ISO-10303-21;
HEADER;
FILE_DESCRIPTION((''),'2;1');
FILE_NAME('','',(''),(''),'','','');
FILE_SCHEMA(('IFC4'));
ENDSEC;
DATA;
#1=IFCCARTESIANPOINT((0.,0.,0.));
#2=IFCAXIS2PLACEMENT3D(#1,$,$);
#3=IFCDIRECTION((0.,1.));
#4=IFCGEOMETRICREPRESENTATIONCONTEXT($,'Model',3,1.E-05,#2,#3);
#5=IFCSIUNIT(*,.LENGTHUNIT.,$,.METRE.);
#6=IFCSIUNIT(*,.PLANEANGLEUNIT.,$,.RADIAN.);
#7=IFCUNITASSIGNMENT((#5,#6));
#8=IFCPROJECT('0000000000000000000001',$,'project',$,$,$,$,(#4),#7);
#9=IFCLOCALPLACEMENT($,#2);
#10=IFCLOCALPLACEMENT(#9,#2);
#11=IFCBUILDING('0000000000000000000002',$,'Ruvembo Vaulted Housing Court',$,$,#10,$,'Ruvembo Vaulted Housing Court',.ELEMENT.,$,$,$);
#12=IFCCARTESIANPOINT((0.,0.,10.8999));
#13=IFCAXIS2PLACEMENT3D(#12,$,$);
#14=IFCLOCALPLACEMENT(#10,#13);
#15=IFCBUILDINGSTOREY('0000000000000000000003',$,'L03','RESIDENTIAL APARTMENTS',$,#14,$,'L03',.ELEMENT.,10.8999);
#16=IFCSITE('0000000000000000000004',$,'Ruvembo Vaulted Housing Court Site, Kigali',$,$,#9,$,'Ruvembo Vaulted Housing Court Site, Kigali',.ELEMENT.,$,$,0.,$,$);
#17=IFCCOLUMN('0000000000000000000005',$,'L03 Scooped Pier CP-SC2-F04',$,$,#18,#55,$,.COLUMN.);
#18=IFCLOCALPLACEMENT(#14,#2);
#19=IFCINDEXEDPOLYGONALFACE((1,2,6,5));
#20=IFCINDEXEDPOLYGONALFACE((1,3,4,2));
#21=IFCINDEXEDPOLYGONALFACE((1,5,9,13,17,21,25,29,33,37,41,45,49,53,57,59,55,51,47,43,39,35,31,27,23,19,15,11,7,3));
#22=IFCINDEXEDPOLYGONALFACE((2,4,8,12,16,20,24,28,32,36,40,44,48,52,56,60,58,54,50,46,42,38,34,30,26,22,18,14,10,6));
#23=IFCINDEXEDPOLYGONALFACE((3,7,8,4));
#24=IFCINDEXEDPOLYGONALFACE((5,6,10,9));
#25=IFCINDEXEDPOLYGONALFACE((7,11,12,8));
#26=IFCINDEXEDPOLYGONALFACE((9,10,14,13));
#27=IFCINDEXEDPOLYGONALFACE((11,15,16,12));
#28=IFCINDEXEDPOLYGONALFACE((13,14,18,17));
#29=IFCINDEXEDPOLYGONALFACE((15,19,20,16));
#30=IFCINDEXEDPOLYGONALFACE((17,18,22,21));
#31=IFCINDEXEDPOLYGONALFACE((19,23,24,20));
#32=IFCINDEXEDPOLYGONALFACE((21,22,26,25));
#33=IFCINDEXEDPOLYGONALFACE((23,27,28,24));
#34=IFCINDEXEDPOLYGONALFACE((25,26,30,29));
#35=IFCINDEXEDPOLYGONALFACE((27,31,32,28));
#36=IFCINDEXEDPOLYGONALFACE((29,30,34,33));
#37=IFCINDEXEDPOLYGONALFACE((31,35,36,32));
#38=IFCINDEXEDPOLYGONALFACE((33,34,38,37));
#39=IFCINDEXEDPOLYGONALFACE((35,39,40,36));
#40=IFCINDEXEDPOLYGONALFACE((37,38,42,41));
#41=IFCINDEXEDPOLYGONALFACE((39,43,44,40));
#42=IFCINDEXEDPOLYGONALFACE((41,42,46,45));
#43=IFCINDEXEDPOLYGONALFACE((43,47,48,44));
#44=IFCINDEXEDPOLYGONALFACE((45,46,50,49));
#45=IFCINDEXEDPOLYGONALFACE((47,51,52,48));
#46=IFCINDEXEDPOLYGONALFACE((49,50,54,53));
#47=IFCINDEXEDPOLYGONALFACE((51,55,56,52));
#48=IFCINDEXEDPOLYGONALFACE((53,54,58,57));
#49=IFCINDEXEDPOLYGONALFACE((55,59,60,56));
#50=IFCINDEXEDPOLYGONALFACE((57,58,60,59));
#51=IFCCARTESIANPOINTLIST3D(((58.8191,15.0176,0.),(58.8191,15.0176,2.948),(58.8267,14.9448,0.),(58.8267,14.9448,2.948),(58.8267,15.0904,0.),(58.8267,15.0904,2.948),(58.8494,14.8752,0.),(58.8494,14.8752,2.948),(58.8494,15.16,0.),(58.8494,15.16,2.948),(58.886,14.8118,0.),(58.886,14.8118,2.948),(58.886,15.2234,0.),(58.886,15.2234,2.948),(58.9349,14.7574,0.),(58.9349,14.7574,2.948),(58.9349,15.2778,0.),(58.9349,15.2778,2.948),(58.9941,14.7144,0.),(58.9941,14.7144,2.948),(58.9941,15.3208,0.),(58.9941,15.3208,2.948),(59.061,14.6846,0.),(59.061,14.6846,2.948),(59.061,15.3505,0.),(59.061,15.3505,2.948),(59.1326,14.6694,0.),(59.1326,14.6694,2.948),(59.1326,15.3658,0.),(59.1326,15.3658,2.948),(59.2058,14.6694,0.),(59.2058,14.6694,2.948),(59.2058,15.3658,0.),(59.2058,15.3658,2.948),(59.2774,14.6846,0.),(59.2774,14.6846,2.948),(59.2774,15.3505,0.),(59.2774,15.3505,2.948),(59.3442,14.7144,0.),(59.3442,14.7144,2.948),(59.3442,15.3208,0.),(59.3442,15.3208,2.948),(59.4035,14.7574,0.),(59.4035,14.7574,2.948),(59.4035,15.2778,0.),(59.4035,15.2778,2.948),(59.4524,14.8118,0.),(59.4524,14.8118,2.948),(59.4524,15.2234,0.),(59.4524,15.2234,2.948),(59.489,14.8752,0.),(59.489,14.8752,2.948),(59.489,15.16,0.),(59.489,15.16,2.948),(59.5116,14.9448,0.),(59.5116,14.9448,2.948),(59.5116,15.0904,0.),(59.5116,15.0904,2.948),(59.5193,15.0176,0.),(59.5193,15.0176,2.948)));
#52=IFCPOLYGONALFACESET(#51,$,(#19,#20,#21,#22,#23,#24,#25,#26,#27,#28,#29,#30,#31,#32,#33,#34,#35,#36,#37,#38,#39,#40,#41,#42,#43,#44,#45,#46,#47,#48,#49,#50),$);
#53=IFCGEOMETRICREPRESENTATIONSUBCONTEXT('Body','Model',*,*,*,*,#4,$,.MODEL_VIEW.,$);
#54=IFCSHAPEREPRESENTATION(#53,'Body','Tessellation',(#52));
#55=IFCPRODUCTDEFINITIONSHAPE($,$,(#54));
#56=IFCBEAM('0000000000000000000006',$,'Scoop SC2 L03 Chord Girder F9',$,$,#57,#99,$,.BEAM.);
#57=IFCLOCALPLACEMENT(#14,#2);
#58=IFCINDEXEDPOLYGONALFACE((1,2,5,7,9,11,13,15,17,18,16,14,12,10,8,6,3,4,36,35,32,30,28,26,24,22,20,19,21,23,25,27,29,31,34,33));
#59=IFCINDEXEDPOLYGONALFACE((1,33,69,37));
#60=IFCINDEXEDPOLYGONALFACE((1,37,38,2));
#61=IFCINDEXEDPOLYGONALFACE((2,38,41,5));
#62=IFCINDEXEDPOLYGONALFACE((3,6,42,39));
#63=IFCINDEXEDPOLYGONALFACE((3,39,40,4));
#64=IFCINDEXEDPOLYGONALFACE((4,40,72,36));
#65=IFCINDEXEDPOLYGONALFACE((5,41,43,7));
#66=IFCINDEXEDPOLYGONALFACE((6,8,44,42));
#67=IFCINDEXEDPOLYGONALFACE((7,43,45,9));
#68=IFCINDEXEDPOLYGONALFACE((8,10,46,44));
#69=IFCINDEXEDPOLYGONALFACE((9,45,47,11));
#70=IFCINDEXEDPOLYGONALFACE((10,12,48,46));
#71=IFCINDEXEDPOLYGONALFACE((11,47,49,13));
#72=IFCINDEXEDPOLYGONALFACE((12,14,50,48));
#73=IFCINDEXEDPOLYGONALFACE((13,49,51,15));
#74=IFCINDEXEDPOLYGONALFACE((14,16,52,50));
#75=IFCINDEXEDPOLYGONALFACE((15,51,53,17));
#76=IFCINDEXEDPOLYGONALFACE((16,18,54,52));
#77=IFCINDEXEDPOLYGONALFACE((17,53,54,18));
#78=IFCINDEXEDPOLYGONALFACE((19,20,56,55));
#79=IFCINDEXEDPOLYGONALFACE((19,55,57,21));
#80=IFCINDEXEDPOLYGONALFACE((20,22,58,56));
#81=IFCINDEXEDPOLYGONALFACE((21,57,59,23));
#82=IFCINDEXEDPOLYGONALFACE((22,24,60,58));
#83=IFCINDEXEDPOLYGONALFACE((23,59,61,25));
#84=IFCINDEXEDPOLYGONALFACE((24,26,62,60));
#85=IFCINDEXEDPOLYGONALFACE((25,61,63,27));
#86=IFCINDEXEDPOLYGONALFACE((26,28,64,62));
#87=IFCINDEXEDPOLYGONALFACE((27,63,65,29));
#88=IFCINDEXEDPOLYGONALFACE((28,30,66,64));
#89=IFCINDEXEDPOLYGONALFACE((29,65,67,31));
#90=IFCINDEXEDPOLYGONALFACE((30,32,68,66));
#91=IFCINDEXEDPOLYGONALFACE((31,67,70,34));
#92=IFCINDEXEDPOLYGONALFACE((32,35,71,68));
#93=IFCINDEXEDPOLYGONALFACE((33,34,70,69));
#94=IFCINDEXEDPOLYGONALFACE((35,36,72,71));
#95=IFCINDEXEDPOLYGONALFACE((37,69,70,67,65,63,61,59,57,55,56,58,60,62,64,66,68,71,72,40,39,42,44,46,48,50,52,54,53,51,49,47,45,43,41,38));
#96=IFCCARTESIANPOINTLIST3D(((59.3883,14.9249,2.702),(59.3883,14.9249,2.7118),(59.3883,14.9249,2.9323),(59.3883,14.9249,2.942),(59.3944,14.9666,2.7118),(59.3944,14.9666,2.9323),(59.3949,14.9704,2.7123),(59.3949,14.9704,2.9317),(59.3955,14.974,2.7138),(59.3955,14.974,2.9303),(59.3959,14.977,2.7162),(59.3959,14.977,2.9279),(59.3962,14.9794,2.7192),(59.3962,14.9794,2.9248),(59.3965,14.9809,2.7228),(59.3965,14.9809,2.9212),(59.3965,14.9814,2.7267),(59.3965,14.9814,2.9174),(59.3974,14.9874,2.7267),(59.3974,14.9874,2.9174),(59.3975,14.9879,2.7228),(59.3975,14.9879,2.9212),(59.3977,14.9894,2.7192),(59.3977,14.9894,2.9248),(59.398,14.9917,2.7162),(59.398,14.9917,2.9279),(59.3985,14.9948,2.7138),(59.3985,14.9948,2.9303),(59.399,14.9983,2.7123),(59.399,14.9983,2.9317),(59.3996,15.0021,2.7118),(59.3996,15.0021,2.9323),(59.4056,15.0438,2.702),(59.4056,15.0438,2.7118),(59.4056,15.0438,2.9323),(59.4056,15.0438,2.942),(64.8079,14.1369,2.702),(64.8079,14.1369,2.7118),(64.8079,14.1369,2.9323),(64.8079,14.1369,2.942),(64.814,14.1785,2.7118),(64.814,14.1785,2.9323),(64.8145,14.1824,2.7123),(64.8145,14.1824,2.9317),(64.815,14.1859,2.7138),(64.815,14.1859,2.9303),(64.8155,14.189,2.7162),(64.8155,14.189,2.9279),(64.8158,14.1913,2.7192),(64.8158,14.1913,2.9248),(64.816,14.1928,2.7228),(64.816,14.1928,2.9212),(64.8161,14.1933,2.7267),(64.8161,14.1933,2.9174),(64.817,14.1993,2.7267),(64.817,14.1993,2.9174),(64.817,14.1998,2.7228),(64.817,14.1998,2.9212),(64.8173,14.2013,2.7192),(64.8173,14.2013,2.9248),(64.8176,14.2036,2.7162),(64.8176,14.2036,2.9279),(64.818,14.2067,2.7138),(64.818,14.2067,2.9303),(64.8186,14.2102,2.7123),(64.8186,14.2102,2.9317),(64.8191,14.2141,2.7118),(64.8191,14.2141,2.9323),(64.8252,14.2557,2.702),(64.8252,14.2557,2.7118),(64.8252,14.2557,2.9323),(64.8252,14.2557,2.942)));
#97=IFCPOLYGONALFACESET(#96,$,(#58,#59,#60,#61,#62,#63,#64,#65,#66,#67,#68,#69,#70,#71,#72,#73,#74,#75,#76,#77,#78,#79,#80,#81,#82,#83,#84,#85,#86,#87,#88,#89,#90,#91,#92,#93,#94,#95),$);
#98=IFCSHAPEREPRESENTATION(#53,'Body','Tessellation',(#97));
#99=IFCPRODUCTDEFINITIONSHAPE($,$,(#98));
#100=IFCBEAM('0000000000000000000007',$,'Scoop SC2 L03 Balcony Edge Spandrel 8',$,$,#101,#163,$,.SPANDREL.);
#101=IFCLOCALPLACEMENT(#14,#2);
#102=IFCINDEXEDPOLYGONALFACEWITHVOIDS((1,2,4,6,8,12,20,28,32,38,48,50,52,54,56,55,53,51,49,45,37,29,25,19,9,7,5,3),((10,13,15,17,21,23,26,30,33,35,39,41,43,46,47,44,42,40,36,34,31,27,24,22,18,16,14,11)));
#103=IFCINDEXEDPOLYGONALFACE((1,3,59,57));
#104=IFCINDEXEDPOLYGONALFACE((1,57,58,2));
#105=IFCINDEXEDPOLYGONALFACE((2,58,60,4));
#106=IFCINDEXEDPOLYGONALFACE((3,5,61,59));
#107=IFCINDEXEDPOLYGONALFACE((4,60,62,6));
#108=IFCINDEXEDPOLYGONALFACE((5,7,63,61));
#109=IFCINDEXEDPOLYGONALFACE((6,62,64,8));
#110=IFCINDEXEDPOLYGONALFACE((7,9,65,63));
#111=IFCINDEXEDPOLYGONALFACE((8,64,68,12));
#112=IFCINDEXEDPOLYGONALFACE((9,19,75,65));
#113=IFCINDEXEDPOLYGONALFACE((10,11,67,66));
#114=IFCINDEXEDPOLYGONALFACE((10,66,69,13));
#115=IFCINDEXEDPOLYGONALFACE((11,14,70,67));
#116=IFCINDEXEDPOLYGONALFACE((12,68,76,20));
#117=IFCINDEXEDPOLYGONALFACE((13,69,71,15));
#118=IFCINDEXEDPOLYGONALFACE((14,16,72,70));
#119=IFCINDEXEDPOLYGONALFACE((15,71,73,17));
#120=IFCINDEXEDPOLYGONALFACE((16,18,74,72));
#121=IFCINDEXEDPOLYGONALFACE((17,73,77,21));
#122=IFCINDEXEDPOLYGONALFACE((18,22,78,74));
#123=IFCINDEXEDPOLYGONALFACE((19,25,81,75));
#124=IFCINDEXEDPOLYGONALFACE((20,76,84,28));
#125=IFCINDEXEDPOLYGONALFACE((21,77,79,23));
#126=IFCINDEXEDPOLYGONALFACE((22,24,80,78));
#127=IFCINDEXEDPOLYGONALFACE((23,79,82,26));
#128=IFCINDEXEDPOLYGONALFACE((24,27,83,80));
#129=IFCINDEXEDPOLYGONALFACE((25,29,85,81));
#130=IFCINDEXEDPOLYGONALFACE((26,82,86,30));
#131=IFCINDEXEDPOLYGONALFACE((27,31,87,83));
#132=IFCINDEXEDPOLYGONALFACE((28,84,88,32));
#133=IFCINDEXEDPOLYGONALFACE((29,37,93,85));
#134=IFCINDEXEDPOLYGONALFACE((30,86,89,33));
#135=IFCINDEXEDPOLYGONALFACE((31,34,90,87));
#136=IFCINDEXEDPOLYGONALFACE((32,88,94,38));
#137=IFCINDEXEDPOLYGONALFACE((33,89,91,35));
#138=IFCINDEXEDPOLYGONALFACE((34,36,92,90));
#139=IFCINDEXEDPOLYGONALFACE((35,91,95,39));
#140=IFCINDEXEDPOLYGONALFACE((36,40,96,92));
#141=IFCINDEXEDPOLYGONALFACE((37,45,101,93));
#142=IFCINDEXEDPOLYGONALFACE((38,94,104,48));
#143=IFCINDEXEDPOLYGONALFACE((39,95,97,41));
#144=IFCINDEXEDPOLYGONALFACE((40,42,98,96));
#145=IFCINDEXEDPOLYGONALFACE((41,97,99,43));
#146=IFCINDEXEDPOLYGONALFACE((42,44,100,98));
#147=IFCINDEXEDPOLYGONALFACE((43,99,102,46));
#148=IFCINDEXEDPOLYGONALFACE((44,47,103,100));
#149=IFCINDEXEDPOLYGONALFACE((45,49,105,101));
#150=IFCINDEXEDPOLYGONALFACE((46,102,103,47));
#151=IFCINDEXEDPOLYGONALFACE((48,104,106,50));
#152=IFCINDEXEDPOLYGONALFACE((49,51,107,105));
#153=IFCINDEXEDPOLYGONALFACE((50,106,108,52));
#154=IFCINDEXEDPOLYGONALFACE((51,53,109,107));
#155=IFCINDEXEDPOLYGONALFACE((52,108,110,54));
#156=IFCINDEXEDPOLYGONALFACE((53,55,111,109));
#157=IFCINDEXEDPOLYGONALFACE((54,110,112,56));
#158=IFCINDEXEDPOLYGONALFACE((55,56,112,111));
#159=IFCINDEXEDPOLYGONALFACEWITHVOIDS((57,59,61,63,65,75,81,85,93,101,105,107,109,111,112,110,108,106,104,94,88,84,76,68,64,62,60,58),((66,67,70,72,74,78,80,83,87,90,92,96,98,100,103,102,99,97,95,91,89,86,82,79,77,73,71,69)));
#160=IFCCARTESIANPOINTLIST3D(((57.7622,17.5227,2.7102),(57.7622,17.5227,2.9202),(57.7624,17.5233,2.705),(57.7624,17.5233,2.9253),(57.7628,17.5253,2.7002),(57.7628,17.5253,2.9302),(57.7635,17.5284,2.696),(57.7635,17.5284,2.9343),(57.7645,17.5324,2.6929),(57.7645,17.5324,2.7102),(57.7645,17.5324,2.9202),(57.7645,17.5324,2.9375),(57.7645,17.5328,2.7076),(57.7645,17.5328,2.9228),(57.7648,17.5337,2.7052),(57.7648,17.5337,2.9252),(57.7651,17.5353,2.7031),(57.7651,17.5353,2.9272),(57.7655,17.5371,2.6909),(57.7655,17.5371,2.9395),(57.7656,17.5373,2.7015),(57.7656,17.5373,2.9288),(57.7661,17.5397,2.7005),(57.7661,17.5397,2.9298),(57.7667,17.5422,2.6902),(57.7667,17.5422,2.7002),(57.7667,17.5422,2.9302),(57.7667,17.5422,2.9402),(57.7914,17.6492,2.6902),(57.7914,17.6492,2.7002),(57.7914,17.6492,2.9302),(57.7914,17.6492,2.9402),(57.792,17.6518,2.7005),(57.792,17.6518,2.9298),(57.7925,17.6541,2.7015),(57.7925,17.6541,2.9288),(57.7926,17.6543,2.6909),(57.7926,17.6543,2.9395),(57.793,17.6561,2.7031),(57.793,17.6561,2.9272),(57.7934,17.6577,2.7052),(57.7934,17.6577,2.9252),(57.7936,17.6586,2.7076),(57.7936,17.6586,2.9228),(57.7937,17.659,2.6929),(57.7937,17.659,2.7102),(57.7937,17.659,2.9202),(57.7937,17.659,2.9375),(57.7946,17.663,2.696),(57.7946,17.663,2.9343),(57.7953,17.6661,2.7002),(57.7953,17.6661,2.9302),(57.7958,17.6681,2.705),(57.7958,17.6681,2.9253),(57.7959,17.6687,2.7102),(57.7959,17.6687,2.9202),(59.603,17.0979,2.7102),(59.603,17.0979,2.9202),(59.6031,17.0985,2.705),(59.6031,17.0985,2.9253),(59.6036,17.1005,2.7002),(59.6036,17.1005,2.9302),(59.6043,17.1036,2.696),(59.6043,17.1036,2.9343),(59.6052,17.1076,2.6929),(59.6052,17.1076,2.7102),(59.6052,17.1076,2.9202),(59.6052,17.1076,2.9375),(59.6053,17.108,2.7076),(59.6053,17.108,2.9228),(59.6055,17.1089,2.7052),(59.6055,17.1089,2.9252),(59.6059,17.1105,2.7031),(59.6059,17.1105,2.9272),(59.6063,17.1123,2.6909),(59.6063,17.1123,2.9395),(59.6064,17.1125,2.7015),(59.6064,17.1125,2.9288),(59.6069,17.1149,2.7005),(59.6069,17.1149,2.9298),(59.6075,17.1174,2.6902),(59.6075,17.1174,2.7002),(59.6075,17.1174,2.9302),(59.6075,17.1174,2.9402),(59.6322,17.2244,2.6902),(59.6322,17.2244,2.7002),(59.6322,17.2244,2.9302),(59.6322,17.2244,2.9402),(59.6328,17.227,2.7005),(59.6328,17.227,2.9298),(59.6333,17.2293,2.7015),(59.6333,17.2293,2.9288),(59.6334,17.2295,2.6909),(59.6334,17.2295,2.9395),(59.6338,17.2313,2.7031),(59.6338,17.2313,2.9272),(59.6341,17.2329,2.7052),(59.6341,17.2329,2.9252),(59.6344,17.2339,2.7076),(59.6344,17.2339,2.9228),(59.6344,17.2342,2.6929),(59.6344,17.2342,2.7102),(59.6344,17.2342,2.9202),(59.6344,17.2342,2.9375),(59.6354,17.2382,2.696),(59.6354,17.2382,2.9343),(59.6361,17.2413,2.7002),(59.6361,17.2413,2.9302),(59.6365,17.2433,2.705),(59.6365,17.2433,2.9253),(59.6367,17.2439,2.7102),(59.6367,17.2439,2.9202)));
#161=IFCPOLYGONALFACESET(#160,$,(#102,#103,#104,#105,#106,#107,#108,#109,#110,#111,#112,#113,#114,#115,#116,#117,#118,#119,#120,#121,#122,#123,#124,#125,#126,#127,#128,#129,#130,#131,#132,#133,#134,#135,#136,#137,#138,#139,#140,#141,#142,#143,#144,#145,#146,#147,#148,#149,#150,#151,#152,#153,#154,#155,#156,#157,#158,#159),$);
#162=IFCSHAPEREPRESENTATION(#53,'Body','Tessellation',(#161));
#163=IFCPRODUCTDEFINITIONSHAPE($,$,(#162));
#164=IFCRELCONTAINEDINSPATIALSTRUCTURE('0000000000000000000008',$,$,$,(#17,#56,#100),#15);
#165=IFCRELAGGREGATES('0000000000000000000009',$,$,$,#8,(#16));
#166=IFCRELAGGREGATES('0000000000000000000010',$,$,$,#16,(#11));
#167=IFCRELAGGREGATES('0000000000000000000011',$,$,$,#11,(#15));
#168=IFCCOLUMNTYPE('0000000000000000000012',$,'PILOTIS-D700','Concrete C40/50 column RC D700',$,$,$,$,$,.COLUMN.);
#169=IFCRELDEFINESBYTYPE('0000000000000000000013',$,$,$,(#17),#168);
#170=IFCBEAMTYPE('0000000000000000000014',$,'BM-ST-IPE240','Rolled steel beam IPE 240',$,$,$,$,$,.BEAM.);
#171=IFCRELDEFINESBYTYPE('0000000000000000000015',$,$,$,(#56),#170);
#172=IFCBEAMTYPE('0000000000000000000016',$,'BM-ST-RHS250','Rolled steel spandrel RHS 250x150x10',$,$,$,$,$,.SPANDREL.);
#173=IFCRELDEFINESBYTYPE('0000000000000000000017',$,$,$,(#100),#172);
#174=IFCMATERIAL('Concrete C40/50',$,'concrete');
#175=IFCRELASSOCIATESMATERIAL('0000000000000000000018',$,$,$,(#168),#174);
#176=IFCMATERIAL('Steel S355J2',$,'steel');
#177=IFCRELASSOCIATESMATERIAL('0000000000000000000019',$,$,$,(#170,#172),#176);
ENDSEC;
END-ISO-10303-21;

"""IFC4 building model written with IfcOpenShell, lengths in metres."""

from ifc_helpers import new_model, si_unit, direction, frame, origin, origin_2d, place, context, subcontext, project, spatial, hollow_rectangle, circle, i_section, extrude, material, material_profile, profile_set, type_object, element, save


model = new_model("IFC4")

# Units and contexts
model_context = context("Model", 3, precision=1e-05, world=origin(), true_north=direction((0.0, 1.0)))
body_context = subcontext(model_context, "Body", "Model", "MODEL_VIEW")
ifc_project = project(units=[si_unit("LENGTHUNIT", "METRE"), si_unit("PLANEANGLEUNIT", "RADIAN")], contexts=[model_context])

# Site, building, storey
site_placement = place(None, origin())
site = spatial("IfcSite", under=ifc_project, at=site_placement, Name="Ruvembo Vaulted Housing Court Site, Kigali", LongName="Ruvembo Vaulted Housing Court Site, Kigali", CompositionType="ELEMENT", RefElevation=0.0)
building_placement = place(site_placement, origin())
building = spatial("IfcBuilding", under=site, at=building_placement, Name="Ruvembo Vaulted Housing Court", LongName="Ruvembo Vaulted Housing Court", CompositionType="ELEMENT")
storey_placement = place(building_placement, frame((0.0, 0.0, 10.8999)))
storey = spatial("IfcBuildingStorey", under=building, at=storey_placement, Name="L03", Description="RESIDENTIAL APARTMENTS", LongName="L03", CompositionType="ELEMENT", Elevation=10.8999)

# Column
ifc_material_1 = material(Name="Concrete C40/50", Category="concrete")
ifc_material_profile_1 = material_profile(ifc_material_1, circle(Radius=0.3501, at=origin_2d()), Name="RC D700")
ifc_profile_set_1 = profile_set([ifc_material_profile_1], Name="Concrete C40/50")
column_type = type_object("IfcColumnType", Name="PILOTIS-D700", Description="Concrete C40/50 column RC D700", PredefinedType="COLUMN", material=ifc_profile_set_1)
column_placement = place(storey_placement, frame((59.1692, 15.0176, 0.0), z_axis=(0.0, 0.0, 1.0), x_axis=(1.0, 0.0, 0.0)))
element("IfcColumn", 1, at=column_placement, inside=storey, type_object=column_type, Name="L03 Scooped Pier CP-SC2-F04", PredefinedType="COLUMN", context=body_context, shape_type="SweptSolid", body=[
    extrude(circle(Radius=0.3501, at=origin_2d()), origin(), (0.0, 0.0, 1.0), 2.948),
])

# Beams
ifc_material_2 = material(Name="Steel S355J2", Category="steel")
ifc_material_profile_2 = material_profile(ifc_material_2, i_section(OverallWidth=0.1201, OverallDepth=0.24, WebThickness=0.0061, FlangeThickness=0.0098, FilletRadius=0.0149, at=origin_2d()), Name="IPE 240")
ifc_profile_set_2 = profile_set([ifc_material_profile_2], Name="Steel S355J2")
beam_type_1 = type_object("IfcBeamType", Name="BM-ST-IPE240", Description="Rolled steel beam IPE 240", PredefinedType="BEAM", material=ifc_profile_set_2)
beam_1_placement = place(storey_placement, frame((59.397, 14.9844, 2.822), z_axis=(0.989592, -0.143899, 0.0), x_axis=(0.143899, 0.989592, 0.0)))
element("IfcBeam", 2, at=beam_1_placement, inside=storey, type_object=beam_type_1, Name="Scoop SC2 L03 Chord Girder F9", PredefinedType="BEAM", context=body_context, shape_type="SweptSolid", body=[
    extrude(i_section(OverallWidth=0.1201, OverallDepth=0.24, WebThickness=0.0061, FlangeThickness=0.0098, FilletRadius=0.0149, at=origin_2d()), origin(), (0.0, 0.0, 1.0), 5.4766),
])
ifc_material_profile_3 = material_profile(ifc_material_2, hollow_rectangle(XDim=0.1499, YDim=0.25, WallThickness=0.01, InnerFilletRadius=0.01, OuterFilletRadius=0.02, at=origin_2d()), Name="RHS 250x150x10")
ifc_profile_set_3 = profile_set([ifc_material_profile_3], Name="Steel S355J2")
beam_type_2 = type_object("IfcBeamType", Name="BM-ST-RHS250", Description="Rolled steel spandrel RHS 250x150x10", PredefinedType="SPANDREL", material=ifc_profile_set_3)
beam_2_placement = place(storey_placement, frame((57.7791, 17.5957, 2.8152), z_axis=(0.974391, -0.22486, 0.0), x_axis=(0.22486, 0.974391, 0.0)))
element("IfcBeam", 3, at=beam_2_placement, inside=storey, type_object=beam_type_2, Name="Scoop SC2 L03 Balcony Edge Spandrel 8", PredefinedType="SPANDREL", context=body_context, shape_type="SweptSolid", body=[
    extrude(hollow_rectangle(XDim=0.1499, YDim=0.25, WallThickness=0.01, InnerFilletRadius=0.01, OuterFilletRadius=0.02, at=origin_2d()), origin(), (0.0, 0.0, 1.0), 1.8892),
])

save(model, "model.ifc")
